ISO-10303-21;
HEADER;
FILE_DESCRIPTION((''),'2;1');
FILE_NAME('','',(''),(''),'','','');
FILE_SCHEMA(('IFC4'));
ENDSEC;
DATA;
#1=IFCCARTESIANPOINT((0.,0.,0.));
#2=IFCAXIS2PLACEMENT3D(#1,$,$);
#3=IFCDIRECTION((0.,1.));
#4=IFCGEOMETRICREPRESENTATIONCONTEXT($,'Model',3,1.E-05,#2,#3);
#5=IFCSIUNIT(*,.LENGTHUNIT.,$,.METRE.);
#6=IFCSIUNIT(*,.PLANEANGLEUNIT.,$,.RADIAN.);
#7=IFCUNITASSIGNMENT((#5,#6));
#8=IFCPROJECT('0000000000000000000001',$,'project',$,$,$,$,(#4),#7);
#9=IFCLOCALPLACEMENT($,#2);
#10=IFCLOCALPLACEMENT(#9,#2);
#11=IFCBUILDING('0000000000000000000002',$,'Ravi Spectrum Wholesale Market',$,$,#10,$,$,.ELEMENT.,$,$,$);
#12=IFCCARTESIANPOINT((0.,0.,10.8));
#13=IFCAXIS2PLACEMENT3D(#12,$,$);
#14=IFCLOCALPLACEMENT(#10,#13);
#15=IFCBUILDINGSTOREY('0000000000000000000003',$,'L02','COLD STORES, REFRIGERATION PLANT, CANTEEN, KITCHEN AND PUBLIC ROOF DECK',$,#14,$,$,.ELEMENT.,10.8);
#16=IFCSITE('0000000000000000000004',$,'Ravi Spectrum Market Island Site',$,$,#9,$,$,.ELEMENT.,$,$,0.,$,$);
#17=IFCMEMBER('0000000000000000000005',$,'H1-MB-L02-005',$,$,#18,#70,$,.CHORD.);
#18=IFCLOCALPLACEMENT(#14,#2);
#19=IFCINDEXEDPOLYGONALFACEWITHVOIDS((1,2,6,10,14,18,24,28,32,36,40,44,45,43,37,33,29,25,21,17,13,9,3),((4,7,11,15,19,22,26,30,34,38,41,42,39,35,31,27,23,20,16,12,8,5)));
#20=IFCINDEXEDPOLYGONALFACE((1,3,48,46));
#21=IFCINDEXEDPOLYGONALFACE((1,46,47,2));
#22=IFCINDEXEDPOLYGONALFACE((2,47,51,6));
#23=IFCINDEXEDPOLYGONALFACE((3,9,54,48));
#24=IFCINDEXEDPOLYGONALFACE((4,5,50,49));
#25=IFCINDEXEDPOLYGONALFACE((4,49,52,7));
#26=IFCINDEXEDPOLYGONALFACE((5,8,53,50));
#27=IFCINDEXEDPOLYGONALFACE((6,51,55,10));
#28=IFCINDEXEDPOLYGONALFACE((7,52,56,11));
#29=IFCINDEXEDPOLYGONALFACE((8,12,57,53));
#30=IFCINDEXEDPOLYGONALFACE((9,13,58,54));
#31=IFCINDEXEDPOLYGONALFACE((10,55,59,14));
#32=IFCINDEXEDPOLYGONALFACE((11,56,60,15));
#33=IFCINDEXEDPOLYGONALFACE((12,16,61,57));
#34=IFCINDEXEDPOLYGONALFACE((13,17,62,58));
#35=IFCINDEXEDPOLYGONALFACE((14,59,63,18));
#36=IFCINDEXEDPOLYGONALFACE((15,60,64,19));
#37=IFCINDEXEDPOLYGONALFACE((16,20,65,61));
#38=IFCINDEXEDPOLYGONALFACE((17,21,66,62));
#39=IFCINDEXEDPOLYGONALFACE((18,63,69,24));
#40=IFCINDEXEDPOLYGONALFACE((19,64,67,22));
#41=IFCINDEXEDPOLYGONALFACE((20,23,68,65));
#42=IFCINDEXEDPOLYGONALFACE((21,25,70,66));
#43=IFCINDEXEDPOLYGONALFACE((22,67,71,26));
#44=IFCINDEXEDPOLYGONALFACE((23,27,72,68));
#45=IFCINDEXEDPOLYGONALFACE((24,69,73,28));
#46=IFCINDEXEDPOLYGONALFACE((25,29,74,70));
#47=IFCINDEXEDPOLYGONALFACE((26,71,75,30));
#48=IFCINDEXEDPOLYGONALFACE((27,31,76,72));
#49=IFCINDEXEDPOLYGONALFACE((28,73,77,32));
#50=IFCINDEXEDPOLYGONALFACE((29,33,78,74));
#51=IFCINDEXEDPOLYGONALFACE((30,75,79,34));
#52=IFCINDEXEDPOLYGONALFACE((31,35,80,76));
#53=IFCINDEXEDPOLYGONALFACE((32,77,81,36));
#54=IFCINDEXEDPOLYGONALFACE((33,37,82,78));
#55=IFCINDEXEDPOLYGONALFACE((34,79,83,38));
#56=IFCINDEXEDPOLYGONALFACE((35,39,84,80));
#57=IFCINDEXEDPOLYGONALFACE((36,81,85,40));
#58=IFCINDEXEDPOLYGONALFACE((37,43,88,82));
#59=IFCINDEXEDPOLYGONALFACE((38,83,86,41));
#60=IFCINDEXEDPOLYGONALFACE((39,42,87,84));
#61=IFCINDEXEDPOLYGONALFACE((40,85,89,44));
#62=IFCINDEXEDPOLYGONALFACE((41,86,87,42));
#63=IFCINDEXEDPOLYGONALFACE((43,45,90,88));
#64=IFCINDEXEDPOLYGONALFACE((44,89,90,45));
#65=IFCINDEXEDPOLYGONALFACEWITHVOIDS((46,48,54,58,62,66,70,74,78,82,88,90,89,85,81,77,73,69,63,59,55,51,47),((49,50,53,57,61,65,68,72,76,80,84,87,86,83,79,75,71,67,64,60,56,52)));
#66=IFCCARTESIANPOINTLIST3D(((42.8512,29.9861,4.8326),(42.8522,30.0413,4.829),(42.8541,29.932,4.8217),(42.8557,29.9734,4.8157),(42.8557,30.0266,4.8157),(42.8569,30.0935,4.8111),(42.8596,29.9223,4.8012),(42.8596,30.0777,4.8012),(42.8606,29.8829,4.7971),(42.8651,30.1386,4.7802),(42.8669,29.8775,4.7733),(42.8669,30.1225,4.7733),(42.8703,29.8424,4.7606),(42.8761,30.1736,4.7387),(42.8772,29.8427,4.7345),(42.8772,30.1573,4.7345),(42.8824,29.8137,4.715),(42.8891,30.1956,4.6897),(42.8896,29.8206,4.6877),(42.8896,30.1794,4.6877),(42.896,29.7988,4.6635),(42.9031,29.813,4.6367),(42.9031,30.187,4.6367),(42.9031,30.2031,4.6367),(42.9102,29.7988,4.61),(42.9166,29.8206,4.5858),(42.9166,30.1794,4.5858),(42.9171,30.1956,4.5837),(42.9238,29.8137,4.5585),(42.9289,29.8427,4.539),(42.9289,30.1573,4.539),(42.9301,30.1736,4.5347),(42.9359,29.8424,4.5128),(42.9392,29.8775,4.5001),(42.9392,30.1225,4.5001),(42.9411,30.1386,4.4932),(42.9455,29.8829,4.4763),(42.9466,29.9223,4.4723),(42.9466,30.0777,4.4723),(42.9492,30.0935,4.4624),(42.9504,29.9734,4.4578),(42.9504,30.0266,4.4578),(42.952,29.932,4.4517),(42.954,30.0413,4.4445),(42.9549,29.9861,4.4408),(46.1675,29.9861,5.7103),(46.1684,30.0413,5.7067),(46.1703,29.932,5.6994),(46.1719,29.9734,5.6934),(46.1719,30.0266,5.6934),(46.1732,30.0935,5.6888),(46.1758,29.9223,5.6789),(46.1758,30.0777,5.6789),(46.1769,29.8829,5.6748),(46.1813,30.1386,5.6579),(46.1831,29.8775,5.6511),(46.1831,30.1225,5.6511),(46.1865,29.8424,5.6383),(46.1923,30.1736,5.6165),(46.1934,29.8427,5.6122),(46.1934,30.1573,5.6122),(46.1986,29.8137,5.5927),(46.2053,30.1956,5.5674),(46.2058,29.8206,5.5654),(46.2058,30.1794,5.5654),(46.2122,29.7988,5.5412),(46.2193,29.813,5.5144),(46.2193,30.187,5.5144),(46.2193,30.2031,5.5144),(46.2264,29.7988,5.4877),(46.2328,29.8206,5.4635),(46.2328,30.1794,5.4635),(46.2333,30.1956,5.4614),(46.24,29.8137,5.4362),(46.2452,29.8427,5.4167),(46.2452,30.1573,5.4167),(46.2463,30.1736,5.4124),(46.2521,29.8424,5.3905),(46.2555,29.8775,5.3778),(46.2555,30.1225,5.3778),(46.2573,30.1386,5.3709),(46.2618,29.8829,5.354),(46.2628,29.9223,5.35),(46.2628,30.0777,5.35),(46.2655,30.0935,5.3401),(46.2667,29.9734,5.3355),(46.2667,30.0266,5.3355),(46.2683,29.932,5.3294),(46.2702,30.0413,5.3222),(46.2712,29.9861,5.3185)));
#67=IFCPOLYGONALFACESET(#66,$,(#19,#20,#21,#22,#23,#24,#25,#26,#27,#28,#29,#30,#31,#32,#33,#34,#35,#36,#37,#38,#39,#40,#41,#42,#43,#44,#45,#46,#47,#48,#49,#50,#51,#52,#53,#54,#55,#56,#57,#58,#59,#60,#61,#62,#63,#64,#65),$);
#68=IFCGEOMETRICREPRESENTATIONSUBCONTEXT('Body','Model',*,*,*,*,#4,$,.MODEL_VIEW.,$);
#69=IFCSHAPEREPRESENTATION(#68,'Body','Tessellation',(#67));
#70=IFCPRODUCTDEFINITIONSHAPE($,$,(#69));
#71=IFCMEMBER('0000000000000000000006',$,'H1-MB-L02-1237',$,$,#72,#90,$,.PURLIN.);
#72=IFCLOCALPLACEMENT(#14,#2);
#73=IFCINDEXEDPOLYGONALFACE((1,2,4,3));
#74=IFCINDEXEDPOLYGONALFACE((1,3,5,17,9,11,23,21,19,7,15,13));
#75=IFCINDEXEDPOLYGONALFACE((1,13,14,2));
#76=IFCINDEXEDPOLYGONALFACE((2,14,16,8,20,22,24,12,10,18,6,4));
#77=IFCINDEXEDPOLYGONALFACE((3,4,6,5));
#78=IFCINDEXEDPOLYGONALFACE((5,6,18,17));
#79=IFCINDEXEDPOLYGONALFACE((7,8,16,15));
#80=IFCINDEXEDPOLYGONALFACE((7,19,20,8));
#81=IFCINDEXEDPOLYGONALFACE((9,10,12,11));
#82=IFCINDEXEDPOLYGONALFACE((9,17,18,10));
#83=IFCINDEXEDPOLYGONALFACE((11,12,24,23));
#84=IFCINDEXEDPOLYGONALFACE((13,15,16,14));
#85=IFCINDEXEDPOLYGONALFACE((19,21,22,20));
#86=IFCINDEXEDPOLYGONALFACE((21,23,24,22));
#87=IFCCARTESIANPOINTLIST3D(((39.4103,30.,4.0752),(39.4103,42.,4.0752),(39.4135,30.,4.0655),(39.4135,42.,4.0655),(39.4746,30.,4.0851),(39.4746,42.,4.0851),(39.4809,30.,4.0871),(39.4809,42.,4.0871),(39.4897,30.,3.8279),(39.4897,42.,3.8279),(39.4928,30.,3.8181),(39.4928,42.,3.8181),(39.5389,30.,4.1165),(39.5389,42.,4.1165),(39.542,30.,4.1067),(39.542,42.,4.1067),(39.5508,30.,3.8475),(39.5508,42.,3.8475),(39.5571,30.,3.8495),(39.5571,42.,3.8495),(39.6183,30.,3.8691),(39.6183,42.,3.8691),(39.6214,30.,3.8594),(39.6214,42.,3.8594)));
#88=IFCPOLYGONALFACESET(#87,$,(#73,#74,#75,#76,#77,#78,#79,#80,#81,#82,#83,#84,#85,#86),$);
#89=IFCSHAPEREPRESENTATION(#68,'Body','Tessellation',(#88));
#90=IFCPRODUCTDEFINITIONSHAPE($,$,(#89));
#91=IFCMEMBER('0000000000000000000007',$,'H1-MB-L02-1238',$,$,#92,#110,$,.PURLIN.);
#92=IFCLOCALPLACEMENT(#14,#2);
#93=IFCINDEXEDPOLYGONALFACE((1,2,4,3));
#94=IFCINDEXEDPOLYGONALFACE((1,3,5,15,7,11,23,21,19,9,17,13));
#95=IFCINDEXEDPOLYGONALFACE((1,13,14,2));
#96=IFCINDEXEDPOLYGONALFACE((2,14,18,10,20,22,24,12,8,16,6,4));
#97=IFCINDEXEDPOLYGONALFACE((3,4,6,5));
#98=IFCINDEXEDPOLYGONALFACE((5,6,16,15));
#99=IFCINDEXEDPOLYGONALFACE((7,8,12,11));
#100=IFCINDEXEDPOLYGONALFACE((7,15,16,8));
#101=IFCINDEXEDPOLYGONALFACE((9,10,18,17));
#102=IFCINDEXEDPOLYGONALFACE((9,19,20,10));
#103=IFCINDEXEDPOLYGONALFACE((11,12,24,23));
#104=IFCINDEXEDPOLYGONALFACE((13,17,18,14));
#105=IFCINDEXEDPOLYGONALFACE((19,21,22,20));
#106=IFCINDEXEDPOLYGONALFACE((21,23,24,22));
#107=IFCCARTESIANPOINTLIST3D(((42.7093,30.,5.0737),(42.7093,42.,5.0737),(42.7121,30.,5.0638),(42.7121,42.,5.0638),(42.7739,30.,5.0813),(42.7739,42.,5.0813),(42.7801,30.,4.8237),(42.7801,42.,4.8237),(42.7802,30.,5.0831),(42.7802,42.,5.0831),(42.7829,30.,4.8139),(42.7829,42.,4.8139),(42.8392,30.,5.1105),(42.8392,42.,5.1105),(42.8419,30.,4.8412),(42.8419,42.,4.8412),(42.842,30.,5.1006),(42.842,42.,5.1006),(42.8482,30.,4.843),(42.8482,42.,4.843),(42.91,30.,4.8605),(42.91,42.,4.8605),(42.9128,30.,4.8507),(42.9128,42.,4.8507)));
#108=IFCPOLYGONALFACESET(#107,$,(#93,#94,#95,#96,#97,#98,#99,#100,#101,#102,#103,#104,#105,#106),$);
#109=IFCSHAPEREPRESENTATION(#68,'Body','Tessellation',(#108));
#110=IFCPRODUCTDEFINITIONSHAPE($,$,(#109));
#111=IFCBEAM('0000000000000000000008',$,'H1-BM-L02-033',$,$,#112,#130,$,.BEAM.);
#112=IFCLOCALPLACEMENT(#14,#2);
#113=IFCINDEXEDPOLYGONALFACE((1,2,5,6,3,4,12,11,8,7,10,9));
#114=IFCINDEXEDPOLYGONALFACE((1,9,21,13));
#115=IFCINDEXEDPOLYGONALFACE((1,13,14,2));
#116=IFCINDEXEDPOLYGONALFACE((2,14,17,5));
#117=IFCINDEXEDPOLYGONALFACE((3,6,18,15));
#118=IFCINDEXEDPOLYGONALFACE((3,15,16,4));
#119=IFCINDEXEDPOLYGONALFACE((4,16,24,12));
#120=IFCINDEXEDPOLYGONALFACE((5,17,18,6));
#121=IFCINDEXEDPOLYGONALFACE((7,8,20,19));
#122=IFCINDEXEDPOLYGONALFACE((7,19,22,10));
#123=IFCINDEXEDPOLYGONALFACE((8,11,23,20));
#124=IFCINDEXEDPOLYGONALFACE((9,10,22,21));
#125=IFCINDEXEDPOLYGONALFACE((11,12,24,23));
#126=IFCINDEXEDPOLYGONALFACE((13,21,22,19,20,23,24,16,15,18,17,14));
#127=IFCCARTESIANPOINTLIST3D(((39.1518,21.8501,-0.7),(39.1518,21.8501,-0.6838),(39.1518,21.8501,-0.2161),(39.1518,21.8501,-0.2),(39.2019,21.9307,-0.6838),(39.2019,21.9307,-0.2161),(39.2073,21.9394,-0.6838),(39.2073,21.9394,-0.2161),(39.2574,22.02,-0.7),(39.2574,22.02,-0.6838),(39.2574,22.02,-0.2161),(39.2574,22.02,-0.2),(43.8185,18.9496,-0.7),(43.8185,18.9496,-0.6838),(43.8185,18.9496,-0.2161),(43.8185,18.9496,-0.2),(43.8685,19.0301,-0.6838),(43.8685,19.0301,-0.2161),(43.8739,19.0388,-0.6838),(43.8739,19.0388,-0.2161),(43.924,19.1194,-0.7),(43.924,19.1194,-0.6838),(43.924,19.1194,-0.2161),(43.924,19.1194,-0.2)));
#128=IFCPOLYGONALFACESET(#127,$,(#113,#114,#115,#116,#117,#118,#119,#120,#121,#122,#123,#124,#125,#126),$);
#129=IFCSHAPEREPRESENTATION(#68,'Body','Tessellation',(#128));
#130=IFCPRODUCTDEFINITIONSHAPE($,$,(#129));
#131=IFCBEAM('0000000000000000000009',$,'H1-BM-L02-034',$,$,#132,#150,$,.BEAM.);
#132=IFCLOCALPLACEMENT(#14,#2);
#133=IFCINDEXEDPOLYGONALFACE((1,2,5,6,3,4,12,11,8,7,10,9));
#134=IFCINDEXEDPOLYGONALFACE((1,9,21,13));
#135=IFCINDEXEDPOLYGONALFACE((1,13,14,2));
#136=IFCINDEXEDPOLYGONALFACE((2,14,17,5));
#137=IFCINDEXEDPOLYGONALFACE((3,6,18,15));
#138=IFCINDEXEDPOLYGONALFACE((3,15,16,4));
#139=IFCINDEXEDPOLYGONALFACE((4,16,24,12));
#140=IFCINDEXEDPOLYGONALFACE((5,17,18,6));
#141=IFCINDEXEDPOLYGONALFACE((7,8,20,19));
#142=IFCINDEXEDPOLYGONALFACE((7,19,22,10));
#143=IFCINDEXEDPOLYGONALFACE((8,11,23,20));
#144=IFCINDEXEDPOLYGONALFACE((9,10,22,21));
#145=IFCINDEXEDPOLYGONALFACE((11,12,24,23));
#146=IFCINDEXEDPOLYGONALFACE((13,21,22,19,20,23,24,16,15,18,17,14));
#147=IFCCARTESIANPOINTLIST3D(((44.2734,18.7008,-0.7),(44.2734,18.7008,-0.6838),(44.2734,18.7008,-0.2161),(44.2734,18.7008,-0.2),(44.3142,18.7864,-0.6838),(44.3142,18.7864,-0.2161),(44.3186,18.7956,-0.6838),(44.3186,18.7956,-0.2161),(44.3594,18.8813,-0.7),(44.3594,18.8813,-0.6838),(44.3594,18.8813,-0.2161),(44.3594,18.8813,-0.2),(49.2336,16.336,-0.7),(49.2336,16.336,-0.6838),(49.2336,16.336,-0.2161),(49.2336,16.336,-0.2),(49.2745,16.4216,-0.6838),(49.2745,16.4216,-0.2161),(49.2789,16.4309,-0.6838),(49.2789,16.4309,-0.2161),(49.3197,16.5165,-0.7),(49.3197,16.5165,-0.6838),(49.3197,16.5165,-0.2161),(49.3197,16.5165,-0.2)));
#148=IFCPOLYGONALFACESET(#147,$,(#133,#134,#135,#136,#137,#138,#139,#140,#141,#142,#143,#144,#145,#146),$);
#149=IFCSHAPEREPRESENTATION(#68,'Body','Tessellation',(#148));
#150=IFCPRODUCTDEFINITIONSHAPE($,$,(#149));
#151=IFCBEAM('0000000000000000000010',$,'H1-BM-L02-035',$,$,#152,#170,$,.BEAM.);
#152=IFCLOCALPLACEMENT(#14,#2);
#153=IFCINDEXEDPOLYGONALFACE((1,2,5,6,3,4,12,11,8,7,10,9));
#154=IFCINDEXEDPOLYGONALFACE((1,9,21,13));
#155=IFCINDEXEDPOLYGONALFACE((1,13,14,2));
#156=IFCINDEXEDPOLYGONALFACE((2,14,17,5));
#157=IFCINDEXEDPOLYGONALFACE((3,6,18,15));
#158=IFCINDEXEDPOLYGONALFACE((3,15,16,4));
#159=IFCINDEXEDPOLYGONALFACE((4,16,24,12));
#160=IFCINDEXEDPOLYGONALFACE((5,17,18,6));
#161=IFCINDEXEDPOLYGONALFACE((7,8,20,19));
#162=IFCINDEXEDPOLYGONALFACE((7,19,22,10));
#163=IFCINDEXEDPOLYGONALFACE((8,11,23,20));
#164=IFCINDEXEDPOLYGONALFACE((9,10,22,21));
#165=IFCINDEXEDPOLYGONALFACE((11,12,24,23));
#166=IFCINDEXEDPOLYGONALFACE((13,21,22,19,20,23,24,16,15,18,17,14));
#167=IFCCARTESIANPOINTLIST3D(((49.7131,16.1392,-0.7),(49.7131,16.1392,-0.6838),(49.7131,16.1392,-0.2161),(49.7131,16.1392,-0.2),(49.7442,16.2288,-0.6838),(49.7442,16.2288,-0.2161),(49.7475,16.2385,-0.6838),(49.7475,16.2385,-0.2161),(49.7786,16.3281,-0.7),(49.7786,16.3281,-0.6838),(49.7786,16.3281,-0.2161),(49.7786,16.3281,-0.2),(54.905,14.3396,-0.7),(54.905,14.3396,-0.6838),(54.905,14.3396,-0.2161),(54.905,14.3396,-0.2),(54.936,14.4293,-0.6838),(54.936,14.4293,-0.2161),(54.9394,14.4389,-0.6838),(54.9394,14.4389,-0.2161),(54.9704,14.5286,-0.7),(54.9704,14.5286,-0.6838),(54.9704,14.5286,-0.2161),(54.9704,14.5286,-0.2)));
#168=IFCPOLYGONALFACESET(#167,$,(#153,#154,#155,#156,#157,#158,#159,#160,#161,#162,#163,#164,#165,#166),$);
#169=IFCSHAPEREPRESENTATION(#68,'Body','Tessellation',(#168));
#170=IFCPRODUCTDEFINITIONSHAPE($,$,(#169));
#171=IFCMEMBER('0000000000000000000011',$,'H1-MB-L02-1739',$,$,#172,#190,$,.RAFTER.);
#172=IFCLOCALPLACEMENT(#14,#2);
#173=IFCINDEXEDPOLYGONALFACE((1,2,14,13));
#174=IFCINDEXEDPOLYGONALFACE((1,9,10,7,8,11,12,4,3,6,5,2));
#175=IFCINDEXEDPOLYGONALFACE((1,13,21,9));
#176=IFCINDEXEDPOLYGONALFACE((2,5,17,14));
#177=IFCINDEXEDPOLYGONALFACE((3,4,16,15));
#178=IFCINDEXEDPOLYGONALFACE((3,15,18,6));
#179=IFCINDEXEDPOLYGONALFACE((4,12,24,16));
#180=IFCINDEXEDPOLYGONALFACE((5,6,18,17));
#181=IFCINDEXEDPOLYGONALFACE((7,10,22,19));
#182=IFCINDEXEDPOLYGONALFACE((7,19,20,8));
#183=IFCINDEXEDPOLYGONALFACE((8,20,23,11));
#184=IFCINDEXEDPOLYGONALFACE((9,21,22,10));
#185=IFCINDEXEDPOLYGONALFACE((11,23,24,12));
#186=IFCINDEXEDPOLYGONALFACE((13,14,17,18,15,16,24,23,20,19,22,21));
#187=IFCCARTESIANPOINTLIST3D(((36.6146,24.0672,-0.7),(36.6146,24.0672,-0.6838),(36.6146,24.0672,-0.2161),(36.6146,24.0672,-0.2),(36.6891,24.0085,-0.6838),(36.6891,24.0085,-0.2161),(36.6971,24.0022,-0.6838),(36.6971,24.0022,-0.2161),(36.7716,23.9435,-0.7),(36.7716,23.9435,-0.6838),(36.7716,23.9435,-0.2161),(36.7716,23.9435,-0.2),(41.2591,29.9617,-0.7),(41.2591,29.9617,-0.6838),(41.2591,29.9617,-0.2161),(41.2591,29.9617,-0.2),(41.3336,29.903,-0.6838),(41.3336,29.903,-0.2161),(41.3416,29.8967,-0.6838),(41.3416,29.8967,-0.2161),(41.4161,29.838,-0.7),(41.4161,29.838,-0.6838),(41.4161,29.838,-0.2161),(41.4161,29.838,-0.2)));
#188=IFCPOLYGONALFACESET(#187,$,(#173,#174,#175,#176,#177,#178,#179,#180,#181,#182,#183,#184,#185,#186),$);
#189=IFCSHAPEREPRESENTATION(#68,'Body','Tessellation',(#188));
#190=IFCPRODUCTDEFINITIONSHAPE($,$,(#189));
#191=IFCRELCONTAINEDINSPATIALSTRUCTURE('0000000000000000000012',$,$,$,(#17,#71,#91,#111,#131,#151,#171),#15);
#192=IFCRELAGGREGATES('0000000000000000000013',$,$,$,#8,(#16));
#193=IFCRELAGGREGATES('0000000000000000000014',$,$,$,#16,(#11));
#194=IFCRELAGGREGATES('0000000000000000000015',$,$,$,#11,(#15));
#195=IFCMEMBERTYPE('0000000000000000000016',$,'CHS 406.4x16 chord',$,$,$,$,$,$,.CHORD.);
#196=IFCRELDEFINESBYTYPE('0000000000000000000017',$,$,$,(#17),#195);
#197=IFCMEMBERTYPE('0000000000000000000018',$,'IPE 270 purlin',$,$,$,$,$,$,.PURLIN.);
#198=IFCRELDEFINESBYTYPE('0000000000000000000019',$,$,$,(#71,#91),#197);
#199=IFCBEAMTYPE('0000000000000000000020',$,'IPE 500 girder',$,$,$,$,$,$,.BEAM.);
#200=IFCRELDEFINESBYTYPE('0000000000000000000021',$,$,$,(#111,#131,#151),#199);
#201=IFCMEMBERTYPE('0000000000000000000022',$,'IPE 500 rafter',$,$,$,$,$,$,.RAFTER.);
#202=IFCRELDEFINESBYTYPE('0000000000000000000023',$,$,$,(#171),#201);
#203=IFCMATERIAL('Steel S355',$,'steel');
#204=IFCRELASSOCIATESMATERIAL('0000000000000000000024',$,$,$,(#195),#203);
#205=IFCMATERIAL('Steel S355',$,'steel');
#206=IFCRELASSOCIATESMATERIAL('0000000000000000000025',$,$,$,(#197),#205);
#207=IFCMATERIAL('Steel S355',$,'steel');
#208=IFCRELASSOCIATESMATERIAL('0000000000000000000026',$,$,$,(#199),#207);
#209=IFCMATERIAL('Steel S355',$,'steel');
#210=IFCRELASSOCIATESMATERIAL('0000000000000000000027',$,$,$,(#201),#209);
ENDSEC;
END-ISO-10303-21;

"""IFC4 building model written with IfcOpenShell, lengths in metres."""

from ifc_helpers import new_model, si_unit, direction, frame, origin, origin_2d, place, context, subcontext, project, spatial, hollow_circle, i_section, extrude, material, material_profile, profile_set, type_object, element, save


model = new_model("IFC4")

# Units and contexts
model_context = context("Model", 3, precision=1e-05, world=origin(), true_north=direction((0.0, 1.0)))
body_context = subcontext(model_context, "Body", "Model", "MODEL_VIEW")
ifc_project = project(units=[si_unit("LENGTHUNIT", "METRE"), si_unit("PLANEANGLEUNIT", "RADIAN")], contexts=[model_context])

# Site, building, storey
site_placement = place(None, origin())
site = spatial("IfcSite", under=ifc_project, at=site_placement, Name="Ravi Spectrum Market Island Site", CompositionType="ELEMENT", RefElevation=0.0)
building_placement = place(site_placement, origin())
building = spatial("IfcBuilding", under=site, at=building_placement, Name="Ravi Spectrum Wholesale Market", CompositionType="ELEMENT")
storey_placement = place(building_placement, frame((0.0, 0.0, 10.8)))
storey = spatial("IfcBuildingStorey", under=building, at=storey_placement, Name="L02", Description="COLD STORES, REFRIGERATION PLANT, CANTEEN, KITCHEN AND PUBLIC ROOF DECK", CompositionType="ELEMENT", Elevation=10.8)

# Members
ifc_material_1 = material(Name="Steel S355", Category="steel")
ifc_material_profile_1 = material_profile(ifc_material_1, hollow_circle(Radius=0.2031, WallThickness=0.0161, at=origin_2d()))
ifc_profile_set_1 = profile_set([ifc_material_profile_1], Name="Steel S355")
member_type_1 = type_object("IfcMemberType", Name="CHS 406.4x16 chord", PredefinedType="CHORD", material=ifc_profile_set_1)
member_1_placement = place(storey_placement, frame((42.9031, 30.0, 4.6367), z_axis=(0.966714, 0.0, 0.255859), x_axis=(0.0, 1.0, 0.0)))
element("IfcMember", 1, at=member_1_placement, inside=storey, type_object=member_type_1, Name="H1-MB-L02-005", PredefinedType="CHORD", context=body_context, shape_type="SweptSolid", body=[
    extrude(hollow_circle(Radius=0.2031, WallThickness=0.0161, at=origin_2d()), origin(), (0.0, 0.0, 1.0), 3.4304),
])
ifc_material_2 = material(Name="Steel S355", Category="steel")
ifc_material_profile_2 = material_profile(ifc_material_2, i_section(OverallWidth=0.135, OverallDepth=0.27, WebThickness=0.0066, FlangeThickness=0.0103, at=origin_2d()))
ifc_profile_set_2 = profile_set([ifc_material_profile_2], Name="Steel S355")
member_type_2 = type_object("IfcMemberType", Name="IPE 270 purlin", PredefinedType="PURLIN", material=ifc_profile_set_2)
for number, where, z_axis, x_axis, name in (
    (2, (39.5159, 30.0, 3.9673), (0.0, 1.0, 0.0), (-0.952184, 0.0, -0.305524), "H1-MB-L02-1237"),
    (3, (42.811, 30.0, 4.9622), (0.0, 1.0, 0.0), (-0.962156, 0.0, -0.272499), "H1-MB-L02-1238"),
):
    element("IfcMember", number, at=place(storey_placement, frame(where, z_axis=z_axis, x_axis=x_axis)), inside=storey, type_object=member_type_2, Name=name, PredefinedType="PURLIN", context=body_context, shape_type="SweptSolid", body=[
        extrude(i_section(OverallWidth=0.135, OverallDepth=0.27, WebThickness=0.0066, FlangeThickness=0.0103, at=origin_2d()), origin(), (0.0, 0.0, 1.0), 12.0),
    ])

# Beams
ifc_material_3 = material(Name="Steel S355", Category="steel")
ifc_material_profile_3 = material_profile(ifc_material_3, i_section(OverallWidth=0.2, OverallDepth=0.5, WebThickness=0.0103, FlangeThickness=0.0161, at=origin_2d()))
ifc_profile_set_3 = profile_set([ifc_material_profile_3], Name="Steel S355")
beam_type = type_object("IfcBeamType", Name="IPE 500 girder", PredefinedType="BEAM", material=ifc_profile_set_3)
beam_1_placement = place(storey_placement, frame((39.2046, 21.9351, -0.45), z_axis=(0.849311, -0.527893, 0.0), x_axis=(0.527893, 0.849311, 0.0)))
element("IfcBeam", 4, at=beam_1_placement, inside=storey, type_object=beam_type, Name="H1-BM-L02-033", PredefinedType="BEAM", context=body_context, shape_type="SweptSolid", body=[
    extrude(i_section(OverallWidth=0.2, OverallDepth=0.5, WebThickness=0.0103, FlangeThickness=0.0161, at=origin_2d()), origin(), (0.0, 0.0, 1.0), 5.4946),
])
beam_2_placement = place(storey_placement, frame((44.3164, 18.791, -0.45), z_axis=(0.902667, -0.430341, 0.0), x_axis=(0.430341, 0.902667, 0.0)))
element("IfcBeam", 5, at=beam_2_placement, inside=storey, type_object=beam_type, Name="H1-BM-L02-034", PredefinedType="BEAM", context=body_context, shape_type="SweptSolid", body=[
    extrude(i_section(OverallWidth=0.2, OverallDepth=0.5, WebThickness=0.0103, FlangeThickness=0.0161, at=origin_2d()), origin(), (0.0, 0.0, 1.0), 5.4951),
])
beam_3_placement = place(storey_placement, frame((49.7458, 16.2336, -0.45), z_axis=(0.944853, -0.327495, 0.0), x_axis=(0.327495, 0.944853, 0.0)))
element("IfcBeam", 6, at=beam_3_placement, inside=storey, type_object=beam_type, Name="H1-BM-L02-035", PredefinedType="BEAM", context=body_context, shape_type="SweptSolid", body=[
    extrude(i_section(OverallWidth=0.2, OverallDepth=0.5, WebThickness=0.0103, FlangeThickness=0.0161, at=origin_2d()), origin(), (0.0, 0.0, 1.0), 5.4949),
])

# Member
ifc_material_4 = material(Name="Steel S355", Category="steel")
ifc_material_profile_4 = material_profile(ifc_material_4, i_section(OverallWidth=0.2, OverallDepth=0.5, WebThickness=0.0103, FlangeThickness=0.0161, at=origin_2d()))
ifc_profile_set_4 = profile_set([ifc_material_profile_4], Name="Steel S355")
member_type_3 = type_object("IfcMemberType", Name="IPE 500 rafter", PredefinedType="RAFTER", material=ifc_profile_set_4)
member_2_placement = place(storey_placement, frame((36.6931, 24.0054, -0.45), z_axis=(0.618901, 0.785469, 0.0), x_axis=(-0.785469, 0.618901, 0.0)))
element("IfcMember", 7, at=member_2_placement, inside=storey, type_object=member_type_3, Name="H1-MB-L02-1739", PredefinedType="RAFTER", context=body_context, shape_type="SweptSolid", body=[
    extrude(i_section(OverallWidth=0.2, OverallDepth=0.5, WebThickness=0.0103, FlangeThickness=0.0161, at=origin_2d()), origin(), (0.0, 0.0, 1.0), 7.5044),
])

save(model, "model.ifc")
